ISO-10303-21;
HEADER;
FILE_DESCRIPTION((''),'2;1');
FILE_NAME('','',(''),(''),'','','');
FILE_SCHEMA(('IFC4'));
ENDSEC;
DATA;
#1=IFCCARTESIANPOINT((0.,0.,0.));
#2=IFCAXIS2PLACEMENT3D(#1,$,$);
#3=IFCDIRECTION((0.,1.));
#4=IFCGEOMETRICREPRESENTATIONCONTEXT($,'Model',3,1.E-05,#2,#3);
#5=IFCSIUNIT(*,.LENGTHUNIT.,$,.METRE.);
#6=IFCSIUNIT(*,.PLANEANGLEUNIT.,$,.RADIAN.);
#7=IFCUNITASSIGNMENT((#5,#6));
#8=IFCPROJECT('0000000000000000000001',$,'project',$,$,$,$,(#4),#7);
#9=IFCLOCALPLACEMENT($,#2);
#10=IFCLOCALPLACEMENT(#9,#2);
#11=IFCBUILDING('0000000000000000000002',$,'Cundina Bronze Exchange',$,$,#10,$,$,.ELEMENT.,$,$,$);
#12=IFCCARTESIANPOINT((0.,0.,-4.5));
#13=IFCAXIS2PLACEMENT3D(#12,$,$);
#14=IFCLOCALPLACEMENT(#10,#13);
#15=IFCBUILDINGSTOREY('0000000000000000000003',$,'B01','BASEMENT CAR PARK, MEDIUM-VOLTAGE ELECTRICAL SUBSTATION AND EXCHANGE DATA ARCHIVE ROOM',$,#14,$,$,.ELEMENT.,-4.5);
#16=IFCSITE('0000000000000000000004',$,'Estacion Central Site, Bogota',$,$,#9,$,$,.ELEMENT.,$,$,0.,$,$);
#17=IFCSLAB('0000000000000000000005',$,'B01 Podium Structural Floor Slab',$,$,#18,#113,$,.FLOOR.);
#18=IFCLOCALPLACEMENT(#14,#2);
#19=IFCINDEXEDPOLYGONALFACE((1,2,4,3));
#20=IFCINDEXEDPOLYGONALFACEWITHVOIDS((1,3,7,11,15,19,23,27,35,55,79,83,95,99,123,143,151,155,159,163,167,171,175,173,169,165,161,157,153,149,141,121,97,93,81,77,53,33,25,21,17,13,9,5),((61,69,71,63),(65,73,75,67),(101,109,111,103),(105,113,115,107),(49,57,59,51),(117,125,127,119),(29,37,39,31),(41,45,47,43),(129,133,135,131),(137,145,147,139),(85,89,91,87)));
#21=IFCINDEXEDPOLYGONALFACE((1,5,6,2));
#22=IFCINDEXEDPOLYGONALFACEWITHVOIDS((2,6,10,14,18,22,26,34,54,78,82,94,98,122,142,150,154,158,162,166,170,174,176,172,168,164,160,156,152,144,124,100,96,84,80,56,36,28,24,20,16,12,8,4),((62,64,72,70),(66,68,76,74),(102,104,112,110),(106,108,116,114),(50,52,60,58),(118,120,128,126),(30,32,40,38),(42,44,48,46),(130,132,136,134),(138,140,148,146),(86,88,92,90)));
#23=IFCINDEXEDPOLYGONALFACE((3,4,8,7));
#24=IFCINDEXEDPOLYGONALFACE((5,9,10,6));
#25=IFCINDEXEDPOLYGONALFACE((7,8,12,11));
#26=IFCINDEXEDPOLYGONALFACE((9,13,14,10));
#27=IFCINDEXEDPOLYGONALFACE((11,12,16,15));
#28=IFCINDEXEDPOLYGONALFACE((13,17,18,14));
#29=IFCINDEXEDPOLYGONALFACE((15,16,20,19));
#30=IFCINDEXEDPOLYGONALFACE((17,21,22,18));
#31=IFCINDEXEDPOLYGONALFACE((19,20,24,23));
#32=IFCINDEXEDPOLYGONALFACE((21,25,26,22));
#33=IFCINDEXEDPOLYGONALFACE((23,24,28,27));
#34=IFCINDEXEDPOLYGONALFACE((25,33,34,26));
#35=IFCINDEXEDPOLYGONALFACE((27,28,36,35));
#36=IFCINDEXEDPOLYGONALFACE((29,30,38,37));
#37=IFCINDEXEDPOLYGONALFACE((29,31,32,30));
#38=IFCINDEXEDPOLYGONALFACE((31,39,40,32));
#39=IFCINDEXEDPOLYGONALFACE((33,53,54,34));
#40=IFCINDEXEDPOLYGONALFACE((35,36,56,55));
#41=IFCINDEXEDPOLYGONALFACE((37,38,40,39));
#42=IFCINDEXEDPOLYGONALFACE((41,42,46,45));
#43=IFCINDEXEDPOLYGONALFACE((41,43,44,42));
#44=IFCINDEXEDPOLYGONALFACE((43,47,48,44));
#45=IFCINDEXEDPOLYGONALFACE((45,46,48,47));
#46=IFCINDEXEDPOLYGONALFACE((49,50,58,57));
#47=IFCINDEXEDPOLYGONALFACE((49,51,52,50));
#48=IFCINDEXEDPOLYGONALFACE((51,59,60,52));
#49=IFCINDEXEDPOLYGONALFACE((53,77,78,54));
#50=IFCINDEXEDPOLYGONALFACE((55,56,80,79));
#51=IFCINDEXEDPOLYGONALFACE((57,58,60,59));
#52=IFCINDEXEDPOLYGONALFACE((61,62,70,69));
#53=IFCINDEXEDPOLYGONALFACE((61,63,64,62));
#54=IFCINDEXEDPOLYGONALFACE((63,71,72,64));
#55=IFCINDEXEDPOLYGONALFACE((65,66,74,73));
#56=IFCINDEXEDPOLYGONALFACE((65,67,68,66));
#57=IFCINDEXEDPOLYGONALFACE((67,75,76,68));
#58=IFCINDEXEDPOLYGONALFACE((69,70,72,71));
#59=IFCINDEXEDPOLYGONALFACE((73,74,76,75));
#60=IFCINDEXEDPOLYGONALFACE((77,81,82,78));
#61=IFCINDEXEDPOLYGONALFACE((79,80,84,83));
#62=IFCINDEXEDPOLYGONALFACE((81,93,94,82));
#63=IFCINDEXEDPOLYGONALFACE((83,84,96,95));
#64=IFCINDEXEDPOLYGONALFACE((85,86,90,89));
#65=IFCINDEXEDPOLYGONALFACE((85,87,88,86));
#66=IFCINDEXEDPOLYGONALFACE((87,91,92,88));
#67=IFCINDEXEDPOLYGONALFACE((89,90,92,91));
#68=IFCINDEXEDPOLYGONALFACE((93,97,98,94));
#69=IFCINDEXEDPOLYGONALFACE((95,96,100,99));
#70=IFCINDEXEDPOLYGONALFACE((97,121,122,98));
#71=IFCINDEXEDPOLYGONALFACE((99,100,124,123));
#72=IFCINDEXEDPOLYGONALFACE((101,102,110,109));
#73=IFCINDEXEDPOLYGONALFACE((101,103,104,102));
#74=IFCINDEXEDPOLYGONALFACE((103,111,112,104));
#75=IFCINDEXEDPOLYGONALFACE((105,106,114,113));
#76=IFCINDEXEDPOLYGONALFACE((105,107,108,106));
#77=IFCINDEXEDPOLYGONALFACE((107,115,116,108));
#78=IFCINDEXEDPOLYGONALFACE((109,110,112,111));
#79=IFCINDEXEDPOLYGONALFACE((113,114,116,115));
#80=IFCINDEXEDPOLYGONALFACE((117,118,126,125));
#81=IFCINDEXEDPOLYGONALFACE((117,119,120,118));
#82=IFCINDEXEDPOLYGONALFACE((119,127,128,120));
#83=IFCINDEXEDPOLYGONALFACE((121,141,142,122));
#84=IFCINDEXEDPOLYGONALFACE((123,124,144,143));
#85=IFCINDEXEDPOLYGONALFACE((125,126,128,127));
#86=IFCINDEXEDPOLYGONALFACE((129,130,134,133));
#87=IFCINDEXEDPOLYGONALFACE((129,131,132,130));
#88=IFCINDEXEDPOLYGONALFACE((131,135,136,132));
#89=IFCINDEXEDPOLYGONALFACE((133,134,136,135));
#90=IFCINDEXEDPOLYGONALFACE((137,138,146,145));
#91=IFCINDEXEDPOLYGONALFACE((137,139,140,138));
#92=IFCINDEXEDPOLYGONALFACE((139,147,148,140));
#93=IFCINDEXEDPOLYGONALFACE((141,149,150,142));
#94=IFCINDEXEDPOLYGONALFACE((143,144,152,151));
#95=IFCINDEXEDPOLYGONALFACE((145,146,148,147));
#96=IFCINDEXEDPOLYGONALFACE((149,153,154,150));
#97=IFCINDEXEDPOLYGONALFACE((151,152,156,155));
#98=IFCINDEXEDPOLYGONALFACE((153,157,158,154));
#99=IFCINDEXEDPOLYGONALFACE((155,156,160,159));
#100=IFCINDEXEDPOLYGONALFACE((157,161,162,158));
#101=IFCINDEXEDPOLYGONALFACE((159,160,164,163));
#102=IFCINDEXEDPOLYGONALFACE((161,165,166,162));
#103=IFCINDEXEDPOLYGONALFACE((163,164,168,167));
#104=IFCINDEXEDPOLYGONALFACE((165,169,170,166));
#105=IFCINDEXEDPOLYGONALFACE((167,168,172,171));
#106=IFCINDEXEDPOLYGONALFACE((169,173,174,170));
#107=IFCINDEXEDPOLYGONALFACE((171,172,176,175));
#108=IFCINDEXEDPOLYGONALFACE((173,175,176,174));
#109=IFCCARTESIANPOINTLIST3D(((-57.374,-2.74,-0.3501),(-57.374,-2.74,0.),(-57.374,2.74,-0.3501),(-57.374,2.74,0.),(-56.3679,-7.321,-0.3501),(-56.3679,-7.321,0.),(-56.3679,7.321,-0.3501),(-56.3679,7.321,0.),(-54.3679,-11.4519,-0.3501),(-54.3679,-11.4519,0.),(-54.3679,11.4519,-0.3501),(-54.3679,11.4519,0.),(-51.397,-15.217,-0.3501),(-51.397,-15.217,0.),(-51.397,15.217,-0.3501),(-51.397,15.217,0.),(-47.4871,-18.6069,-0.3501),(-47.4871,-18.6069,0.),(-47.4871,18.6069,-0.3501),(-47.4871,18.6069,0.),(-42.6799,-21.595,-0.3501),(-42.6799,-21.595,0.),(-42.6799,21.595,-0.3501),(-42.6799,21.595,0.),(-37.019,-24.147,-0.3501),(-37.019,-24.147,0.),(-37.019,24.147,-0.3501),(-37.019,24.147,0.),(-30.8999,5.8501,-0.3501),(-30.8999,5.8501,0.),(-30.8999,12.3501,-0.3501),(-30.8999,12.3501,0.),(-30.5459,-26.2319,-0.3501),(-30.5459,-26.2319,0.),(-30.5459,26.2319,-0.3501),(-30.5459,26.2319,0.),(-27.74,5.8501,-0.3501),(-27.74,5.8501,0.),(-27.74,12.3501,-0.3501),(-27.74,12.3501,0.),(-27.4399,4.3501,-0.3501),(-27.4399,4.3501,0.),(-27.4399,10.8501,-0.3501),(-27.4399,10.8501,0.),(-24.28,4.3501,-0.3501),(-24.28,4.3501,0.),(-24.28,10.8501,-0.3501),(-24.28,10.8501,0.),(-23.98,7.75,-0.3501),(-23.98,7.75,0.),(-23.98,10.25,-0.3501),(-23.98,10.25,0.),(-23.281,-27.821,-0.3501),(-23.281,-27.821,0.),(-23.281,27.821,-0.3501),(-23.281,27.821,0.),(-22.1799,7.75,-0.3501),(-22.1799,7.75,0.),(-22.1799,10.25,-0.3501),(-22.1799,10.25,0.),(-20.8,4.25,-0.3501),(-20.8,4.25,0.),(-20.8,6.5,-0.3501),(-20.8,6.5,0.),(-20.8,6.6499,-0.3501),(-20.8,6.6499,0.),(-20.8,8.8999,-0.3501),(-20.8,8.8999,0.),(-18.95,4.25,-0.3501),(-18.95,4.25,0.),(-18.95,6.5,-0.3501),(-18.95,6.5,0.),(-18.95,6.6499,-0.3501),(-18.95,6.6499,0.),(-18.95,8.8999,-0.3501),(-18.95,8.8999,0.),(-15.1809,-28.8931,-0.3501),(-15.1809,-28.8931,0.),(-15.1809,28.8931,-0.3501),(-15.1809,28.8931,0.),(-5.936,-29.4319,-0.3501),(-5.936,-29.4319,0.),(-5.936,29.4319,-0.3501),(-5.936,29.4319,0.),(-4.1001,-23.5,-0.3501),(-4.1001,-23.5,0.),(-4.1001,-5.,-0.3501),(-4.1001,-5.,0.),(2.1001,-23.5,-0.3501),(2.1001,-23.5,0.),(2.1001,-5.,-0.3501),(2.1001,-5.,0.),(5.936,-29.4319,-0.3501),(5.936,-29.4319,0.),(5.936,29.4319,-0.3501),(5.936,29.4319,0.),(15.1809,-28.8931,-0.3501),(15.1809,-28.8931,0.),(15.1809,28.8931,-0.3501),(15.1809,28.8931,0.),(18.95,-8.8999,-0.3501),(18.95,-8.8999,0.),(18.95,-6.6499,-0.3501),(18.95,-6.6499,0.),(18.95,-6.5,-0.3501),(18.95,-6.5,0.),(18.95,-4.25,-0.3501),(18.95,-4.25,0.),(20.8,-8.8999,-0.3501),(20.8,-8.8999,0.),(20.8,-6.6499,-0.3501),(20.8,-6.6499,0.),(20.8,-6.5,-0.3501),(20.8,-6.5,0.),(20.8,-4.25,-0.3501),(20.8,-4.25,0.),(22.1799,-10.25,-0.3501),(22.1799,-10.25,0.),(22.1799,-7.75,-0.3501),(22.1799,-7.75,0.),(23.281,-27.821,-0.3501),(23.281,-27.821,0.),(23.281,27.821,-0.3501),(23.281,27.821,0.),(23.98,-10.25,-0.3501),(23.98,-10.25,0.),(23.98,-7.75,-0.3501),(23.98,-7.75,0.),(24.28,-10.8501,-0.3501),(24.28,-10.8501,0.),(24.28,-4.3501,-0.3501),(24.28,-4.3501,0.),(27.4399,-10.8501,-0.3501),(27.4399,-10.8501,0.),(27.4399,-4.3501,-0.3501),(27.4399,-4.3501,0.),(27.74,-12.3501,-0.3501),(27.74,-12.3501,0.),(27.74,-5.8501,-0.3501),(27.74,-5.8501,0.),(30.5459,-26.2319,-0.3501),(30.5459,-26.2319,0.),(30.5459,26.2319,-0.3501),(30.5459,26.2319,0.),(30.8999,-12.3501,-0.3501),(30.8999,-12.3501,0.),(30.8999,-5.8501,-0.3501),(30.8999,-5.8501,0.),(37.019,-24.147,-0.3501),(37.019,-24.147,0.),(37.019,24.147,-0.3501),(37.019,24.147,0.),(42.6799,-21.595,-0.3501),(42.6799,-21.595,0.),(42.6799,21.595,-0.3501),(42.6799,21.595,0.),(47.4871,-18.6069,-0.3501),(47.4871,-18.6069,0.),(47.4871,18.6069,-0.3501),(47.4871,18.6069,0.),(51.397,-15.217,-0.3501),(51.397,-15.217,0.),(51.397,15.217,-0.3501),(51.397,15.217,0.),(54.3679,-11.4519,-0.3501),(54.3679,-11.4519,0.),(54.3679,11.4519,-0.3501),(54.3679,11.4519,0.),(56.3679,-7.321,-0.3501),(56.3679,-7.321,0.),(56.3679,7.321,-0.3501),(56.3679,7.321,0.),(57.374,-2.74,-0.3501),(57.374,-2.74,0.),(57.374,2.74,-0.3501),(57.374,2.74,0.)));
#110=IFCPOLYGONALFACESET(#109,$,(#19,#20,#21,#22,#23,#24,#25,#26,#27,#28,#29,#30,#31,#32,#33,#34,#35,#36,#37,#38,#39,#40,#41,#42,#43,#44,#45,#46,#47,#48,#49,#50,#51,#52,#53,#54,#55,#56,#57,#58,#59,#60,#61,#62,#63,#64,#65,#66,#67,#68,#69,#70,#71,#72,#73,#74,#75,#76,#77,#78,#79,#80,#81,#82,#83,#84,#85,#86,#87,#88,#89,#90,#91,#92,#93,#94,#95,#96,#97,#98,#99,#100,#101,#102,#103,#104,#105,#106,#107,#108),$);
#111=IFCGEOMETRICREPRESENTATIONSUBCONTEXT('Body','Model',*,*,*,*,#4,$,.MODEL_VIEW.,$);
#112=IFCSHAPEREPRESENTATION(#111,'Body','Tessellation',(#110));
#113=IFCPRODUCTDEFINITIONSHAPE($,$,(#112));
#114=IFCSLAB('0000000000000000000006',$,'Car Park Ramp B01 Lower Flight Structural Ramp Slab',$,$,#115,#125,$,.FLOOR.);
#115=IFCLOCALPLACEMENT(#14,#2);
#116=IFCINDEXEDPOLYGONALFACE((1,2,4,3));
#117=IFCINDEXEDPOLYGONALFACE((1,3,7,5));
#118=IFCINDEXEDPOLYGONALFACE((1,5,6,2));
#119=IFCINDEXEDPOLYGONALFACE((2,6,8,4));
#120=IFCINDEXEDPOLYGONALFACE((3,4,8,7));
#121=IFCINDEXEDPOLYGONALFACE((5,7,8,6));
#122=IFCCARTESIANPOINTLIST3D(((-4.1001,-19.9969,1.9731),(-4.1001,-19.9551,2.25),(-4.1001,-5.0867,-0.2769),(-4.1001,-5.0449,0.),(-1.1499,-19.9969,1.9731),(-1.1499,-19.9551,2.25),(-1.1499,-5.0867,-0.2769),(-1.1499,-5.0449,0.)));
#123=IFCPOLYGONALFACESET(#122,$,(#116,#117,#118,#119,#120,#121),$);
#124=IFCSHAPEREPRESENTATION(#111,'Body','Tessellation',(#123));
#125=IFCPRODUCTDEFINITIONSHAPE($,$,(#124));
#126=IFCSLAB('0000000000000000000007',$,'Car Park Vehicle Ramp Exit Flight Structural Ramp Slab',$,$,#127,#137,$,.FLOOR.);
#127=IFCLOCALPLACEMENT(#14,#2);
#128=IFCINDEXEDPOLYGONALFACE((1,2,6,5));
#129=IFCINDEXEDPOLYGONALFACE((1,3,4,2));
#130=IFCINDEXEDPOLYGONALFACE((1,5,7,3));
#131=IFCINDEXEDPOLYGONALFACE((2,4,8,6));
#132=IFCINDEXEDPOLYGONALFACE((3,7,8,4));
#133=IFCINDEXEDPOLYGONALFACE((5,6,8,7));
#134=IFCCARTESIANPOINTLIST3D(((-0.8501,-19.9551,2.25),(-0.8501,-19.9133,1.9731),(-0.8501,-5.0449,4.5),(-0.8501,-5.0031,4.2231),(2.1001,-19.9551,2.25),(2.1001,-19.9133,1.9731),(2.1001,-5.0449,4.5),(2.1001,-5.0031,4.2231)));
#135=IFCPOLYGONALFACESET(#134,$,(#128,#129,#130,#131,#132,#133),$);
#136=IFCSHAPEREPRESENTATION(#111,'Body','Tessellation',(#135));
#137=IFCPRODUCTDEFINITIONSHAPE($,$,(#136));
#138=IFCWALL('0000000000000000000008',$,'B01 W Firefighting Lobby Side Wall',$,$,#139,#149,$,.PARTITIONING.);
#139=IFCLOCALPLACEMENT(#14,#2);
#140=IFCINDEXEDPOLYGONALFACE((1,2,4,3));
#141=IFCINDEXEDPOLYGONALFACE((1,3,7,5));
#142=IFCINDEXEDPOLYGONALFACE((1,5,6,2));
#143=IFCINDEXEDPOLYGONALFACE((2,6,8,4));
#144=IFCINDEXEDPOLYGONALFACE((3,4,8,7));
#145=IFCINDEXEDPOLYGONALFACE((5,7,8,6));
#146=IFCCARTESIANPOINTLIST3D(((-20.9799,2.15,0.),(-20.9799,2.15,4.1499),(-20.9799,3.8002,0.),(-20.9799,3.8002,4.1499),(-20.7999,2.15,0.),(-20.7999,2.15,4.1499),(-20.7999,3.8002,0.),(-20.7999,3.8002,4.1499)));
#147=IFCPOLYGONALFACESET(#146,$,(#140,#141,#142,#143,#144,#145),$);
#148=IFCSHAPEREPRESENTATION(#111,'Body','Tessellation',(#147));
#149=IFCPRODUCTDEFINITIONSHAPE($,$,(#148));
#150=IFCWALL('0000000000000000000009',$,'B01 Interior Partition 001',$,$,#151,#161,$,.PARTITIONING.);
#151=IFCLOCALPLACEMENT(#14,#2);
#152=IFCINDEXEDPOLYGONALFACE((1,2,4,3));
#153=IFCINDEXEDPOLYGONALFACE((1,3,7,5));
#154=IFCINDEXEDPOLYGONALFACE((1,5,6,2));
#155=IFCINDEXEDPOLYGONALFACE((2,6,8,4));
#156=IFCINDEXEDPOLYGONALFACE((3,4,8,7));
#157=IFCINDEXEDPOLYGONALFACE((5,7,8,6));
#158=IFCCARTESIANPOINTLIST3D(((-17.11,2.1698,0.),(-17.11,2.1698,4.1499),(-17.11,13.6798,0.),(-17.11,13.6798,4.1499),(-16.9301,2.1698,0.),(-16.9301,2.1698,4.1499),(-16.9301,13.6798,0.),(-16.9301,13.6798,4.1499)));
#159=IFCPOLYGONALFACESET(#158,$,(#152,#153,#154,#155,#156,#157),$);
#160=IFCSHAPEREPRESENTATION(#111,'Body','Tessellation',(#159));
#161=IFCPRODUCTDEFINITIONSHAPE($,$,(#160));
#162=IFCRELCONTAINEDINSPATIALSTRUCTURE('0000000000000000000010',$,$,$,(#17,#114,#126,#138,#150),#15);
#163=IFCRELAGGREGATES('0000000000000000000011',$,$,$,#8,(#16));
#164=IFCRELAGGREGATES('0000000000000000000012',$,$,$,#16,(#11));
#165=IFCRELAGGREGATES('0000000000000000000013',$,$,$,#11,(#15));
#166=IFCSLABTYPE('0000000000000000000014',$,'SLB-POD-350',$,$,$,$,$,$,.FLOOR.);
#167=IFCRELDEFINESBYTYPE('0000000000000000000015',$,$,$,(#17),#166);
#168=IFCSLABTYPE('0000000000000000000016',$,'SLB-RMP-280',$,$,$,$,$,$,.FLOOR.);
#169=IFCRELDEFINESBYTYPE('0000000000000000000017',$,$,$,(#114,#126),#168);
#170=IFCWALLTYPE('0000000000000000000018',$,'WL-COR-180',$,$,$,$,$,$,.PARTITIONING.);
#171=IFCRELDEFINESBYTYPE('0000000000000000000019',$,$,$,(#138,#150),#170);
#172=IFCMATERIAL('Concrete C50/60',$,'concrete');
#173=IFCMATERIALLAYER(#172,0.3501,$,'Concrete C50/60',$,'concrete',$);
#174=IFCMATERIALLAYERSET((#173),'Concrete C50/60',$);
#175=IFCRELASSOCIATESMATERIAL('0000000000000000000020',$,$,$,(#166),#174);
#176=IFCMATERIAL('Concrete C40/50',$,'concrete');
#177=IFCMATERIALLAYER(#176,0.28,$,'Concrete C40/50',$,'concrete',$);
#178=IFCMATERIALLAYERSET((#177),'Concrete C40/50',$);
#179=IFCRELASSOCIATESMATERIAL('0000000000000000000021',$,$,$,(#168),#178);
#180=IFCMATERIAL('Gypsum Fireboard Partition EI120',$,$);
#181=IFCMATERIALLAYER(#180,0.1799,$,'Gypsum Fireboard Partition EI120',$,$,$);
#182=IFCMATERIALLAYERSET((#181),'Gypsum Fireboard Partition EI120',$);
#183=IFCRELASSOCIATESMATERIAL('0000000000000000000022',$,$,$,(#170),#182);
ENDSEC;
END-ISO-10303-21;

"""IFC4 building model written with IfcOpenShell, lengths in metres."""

from ifc_helpers import new_model, si_unit, direction, frame, frame_2d, origin, place, context, subcontext, project, spatial, polyline, rectangle, outline, extrude, material, layer, layer_set, type_object, element, save


model = new_model("IFC4")

# Units and contexts
model_context = context("Model", 3, precision=1e-05, world=origin(), true_north=direction((0.0, 1.0)))
body_context = subcontext(model_context, "Body", "Model", "MODEL_VIEW")
ifc_project = project(units=[si_unit("LENGTHUNIT", "METRE"), si_unit("PLANEANGLEUNIT", "RADIAN")], contexts=[model_context])

# Site, building, storey
site_placement = place(None, origin())
site = spatial("IfcSite", under=ifc_project, at=site_placement, Name="Estacion Central Site, Bogota", CompositionType="ELEMENT", RefElevation=0.0)
building_placement = place(site_placement, origin())
building = spatial("IfcBuilding", under=site, at=building_placement, Name="Cundina Bronze Exchange", CompositionType="ELEMENT")
storey_placement = place(building_placement, frame((0.0, 0.0, -4.5)))
storey = spatial("IfcBuildingStorey", under=building, at=storey_placement, Name="B01", Description="BASEMENT CAR PARK, MEDIUM-VOLTAGE ELECTRICAL SUBSTATION AND EXCHANGE DATA ARCHIVE ROOM", CompositionType="ELEMENT", Elevation=-4.5)

# Shared definitions
ifc_material_1 = material(Name="Concrete C50/60", Category="concrete")

# Shared definitions
ifc_material_2 = material(Name="Concrete C40/50", Category="concrete")

# Slabs
ifc_layer_1 = layer(ifc_material_1, 0.3501, Name="Concrete C50/60", Category="concrete")
ifc_layer_set_1 = layer_set([ifc_layer_1], Name="Concrete C50/60")
slab_type_1 = type_object("IfcSlabType", Name="SLB-POD-350", PredefinedType="FLOOR", material=ifc_layer_set_1)
slab_placement = place(storey_placement, frame((0.0, 0.0, -0.3501)))
element("IfcSlab", 1, at=slab_placement, inside=storey, type_object=slab_type_1, Name="B01 Podium Structural Floor Slab", PredefinedType="FLOOR", context=body_context, shape_type="SweptSolid", body=[
    extrude(outline(polyline([(57.374, 2.74), (56.3679, 7.321), (54.3679, 11.4519), (51.397, 15.217), (47.4871, 18.6069), (42.6799, 21.595), (37.019, 24.147), (30.5459, 26.2319), (23.281, 27.821), (15.1809, 28.8931), (5.936, 29.4319), (-5.936, 29.4319), (-15.1809, 28.8931), (-23.281, 27.821), (-30.5459, 26.2319), (-37.019, 24.147), (-42.6799, 21.595), (-47.4871, 18.6069), (-51.397, 15.217), (-54.3679, 11.4519), (-56.3679, 7.321), (-57.374, 2.74), (-57.374, -2.74), (-56.3679, -7.321), (-54.3679, -11.4519), (-51.397, -15.217), (-47.4871, -18.6069), (-42.6799, -21.595), (-37.019, -24.147), (-30.5459, -26.2319), (-23.281, -27.821), (-15.1809, -28.8931), (-5.936, -29.4319), (5.936, -29.4319), (15.1809, -28.8931), (23.281, -27.821), (30.5459, -26.2319), (37.019, -24.147), (42.6799, -21.595), (47.4871, -18.6069), (51.397, -15.217), (54.3679, -11.4519), (56.3679, -7.321), (57.374, -2.74), (57.374, 2.74)]), holes=[polyline([(-27.74, 5.8501), (-27.74, 12.3501), (-30.8999, 12.3501), (-30.8999, 5.8501), (-27.74, 5.8501)]), polyline([(-27.4399, 10.8501), (-27.4399, 4.3501), (-24.28, 4.3501), (-24.28, 10.8501), (-27.4399, 10.8501)]), polyline([(27.74, -5.8501), (27.74, -12.3501), (30.8999, -12.3501), (30.8999, -5.8501), (27.74, -5.8501)]), polyline([(27.4399, -10.8501), (27.4399, -4.3501), (24.28, -4.3501), (24.28, -10.8501), (27.4399, -10.8501)]), polyline([(-23.98, 10.25), (-22.1799, 10.25), (-22.1799, 7.75), (-23.98, 7.75), (-23.98, 10.25)]), polyline([(-20.8, 8.8999), (-18.95, 8.8999), (-18.95, 6.6499), (-20.8, 6.6499), (-20.8, 8.8999)]), polyline([(-20.8, 6.5), (-18.95, 6.5), (-18.95, 4.25), (-20.8, 4.25), (-20.8, 6.5)]), polyline([(22.1799, -7.75), (23.98, -7.75), (23.98, -10.25), (22.1799, -10.25), (22.1799, -7.75)]), polyline([(18.95, -6.6499), (20.8, -6.6499), (20.8, -8.8999), (18.95, -8.8999), (18.95, -6.6499)]), polyline([(18.95, -4.25), (20.8, -4.25), (20.8, -6.5), (18.95, -6.5), (18.95, -4.25)]), polyline([(-4.1001, -5.0), (2.1001, -5.0), (2.1001, -23.5), (-4.1001, -23.5), (-4.1001, -5.0)])]), origin(), (0.0, 0.0, 1.0), 0.3501),
])
ifc_layer_2 = layer(ifc_material_2, 0.28, Name="Concrete C40/50", Category="concrete")
ifc_layer_set_2 = layer_set([ifc_layer_2], Name="Concrete C40/50")
slab_type_2 = type_object("IfcSlabType", Name="SLB-RMP-280", PredefinedType="FLOOR", material=ifc_layer_set_2)
for number, where, z_axis, x_axis, name in (
    (2, (-1.1499, -5.0449, 0.0), (0.0, 0.149214, 0.988805), (-1.0, 0.0, 0.0), "Car Park Ramp B01 Lower Flight Structural Ramp Slab"),
    (3, (-0.8501, -19.9551, 2.25), (0.0, -0.149214, 0.988805), (1.0, 0.0, 0.0), "Car Park Vehicle Ramp Exit Flight Structural Ramp Slab"),
):
    element("IfcSlab", number, at=place(storey_placement, frame(where, z_axis=z_axis, x_axis=x_axis)), inside=storey, type_object=slab_type_2, Name=name, PredefinedType="FLOOR", context=body_context, shape_type="SweptSolid", body=[
        extrude(outline(polyline([(0.0, 0.0), (2.9502, 0.0), (2.9502, 15.079), (0.0, 15.079), (0.0, 0.0)])), origin(), (0.0, 0.0, -1.0), 0.28),
    ])

# Wall
ifc_material_3 = material(Name="Gypsum Fireboard Partition EI120")
ifc_layer_3 = layer(ifc_material_3, 0.1799, Name="Gypsum Fireboard Partition EI120")
ifc_layer_set_3 = layer_set([ifc_layer_3], Name="Gypsum Fireboard Partition EI120")
wall_type_1 = type_object("IfcWallType", Name="WL-COR-180", PredefinedType="PARTITIONING", material=ifc_layer_set_3)
wall_1_placement = place(storey_placement, frame((-20.8899, 2.1499, 0.0), z_axis=(0.0, 0.0, 1.0), x_axis=(0.0, 1.0, 0.0)))
element("IfcWall", 4, at=wall_1_placement, inside=storey, type_object=wall_type_1, Name="B01 W Firefighting Lobby Side Wall", PredefinedType="PARTITIONING", context=body_context, shape_type="SweptSolid", body=[
    extrude(rectangle(XDim=1.6501, YDim=0.1799, at=frame_2d((0.8252, 0.0))), origin(), (0.0, 0.0, 1.0), 4.1499),
])

# Wall
wall_2_placement = place(storey_placement, frame((-17.02, 2.1699, 0.0), z_axis=(0.0, 0.0, 1.0), x_axis=(0.0, 1.0, 0.0)))
element("IfcWall", 5, at=wall_2_placement, inside=storey, type_object=wall_type_1, Name="B01 Interior Partition 001", PredefinedType="PARTITIONING", context=body_context, shape_type="SweptSolid", body=[
    extrude(rectangle(XDim=11.51, YDim=0.1799, at=frame_2d((5.7549, 0.0))), origin(), (0.0, 0.0, 1.0), 4.1499),
])

save(model, "model.ifc")
